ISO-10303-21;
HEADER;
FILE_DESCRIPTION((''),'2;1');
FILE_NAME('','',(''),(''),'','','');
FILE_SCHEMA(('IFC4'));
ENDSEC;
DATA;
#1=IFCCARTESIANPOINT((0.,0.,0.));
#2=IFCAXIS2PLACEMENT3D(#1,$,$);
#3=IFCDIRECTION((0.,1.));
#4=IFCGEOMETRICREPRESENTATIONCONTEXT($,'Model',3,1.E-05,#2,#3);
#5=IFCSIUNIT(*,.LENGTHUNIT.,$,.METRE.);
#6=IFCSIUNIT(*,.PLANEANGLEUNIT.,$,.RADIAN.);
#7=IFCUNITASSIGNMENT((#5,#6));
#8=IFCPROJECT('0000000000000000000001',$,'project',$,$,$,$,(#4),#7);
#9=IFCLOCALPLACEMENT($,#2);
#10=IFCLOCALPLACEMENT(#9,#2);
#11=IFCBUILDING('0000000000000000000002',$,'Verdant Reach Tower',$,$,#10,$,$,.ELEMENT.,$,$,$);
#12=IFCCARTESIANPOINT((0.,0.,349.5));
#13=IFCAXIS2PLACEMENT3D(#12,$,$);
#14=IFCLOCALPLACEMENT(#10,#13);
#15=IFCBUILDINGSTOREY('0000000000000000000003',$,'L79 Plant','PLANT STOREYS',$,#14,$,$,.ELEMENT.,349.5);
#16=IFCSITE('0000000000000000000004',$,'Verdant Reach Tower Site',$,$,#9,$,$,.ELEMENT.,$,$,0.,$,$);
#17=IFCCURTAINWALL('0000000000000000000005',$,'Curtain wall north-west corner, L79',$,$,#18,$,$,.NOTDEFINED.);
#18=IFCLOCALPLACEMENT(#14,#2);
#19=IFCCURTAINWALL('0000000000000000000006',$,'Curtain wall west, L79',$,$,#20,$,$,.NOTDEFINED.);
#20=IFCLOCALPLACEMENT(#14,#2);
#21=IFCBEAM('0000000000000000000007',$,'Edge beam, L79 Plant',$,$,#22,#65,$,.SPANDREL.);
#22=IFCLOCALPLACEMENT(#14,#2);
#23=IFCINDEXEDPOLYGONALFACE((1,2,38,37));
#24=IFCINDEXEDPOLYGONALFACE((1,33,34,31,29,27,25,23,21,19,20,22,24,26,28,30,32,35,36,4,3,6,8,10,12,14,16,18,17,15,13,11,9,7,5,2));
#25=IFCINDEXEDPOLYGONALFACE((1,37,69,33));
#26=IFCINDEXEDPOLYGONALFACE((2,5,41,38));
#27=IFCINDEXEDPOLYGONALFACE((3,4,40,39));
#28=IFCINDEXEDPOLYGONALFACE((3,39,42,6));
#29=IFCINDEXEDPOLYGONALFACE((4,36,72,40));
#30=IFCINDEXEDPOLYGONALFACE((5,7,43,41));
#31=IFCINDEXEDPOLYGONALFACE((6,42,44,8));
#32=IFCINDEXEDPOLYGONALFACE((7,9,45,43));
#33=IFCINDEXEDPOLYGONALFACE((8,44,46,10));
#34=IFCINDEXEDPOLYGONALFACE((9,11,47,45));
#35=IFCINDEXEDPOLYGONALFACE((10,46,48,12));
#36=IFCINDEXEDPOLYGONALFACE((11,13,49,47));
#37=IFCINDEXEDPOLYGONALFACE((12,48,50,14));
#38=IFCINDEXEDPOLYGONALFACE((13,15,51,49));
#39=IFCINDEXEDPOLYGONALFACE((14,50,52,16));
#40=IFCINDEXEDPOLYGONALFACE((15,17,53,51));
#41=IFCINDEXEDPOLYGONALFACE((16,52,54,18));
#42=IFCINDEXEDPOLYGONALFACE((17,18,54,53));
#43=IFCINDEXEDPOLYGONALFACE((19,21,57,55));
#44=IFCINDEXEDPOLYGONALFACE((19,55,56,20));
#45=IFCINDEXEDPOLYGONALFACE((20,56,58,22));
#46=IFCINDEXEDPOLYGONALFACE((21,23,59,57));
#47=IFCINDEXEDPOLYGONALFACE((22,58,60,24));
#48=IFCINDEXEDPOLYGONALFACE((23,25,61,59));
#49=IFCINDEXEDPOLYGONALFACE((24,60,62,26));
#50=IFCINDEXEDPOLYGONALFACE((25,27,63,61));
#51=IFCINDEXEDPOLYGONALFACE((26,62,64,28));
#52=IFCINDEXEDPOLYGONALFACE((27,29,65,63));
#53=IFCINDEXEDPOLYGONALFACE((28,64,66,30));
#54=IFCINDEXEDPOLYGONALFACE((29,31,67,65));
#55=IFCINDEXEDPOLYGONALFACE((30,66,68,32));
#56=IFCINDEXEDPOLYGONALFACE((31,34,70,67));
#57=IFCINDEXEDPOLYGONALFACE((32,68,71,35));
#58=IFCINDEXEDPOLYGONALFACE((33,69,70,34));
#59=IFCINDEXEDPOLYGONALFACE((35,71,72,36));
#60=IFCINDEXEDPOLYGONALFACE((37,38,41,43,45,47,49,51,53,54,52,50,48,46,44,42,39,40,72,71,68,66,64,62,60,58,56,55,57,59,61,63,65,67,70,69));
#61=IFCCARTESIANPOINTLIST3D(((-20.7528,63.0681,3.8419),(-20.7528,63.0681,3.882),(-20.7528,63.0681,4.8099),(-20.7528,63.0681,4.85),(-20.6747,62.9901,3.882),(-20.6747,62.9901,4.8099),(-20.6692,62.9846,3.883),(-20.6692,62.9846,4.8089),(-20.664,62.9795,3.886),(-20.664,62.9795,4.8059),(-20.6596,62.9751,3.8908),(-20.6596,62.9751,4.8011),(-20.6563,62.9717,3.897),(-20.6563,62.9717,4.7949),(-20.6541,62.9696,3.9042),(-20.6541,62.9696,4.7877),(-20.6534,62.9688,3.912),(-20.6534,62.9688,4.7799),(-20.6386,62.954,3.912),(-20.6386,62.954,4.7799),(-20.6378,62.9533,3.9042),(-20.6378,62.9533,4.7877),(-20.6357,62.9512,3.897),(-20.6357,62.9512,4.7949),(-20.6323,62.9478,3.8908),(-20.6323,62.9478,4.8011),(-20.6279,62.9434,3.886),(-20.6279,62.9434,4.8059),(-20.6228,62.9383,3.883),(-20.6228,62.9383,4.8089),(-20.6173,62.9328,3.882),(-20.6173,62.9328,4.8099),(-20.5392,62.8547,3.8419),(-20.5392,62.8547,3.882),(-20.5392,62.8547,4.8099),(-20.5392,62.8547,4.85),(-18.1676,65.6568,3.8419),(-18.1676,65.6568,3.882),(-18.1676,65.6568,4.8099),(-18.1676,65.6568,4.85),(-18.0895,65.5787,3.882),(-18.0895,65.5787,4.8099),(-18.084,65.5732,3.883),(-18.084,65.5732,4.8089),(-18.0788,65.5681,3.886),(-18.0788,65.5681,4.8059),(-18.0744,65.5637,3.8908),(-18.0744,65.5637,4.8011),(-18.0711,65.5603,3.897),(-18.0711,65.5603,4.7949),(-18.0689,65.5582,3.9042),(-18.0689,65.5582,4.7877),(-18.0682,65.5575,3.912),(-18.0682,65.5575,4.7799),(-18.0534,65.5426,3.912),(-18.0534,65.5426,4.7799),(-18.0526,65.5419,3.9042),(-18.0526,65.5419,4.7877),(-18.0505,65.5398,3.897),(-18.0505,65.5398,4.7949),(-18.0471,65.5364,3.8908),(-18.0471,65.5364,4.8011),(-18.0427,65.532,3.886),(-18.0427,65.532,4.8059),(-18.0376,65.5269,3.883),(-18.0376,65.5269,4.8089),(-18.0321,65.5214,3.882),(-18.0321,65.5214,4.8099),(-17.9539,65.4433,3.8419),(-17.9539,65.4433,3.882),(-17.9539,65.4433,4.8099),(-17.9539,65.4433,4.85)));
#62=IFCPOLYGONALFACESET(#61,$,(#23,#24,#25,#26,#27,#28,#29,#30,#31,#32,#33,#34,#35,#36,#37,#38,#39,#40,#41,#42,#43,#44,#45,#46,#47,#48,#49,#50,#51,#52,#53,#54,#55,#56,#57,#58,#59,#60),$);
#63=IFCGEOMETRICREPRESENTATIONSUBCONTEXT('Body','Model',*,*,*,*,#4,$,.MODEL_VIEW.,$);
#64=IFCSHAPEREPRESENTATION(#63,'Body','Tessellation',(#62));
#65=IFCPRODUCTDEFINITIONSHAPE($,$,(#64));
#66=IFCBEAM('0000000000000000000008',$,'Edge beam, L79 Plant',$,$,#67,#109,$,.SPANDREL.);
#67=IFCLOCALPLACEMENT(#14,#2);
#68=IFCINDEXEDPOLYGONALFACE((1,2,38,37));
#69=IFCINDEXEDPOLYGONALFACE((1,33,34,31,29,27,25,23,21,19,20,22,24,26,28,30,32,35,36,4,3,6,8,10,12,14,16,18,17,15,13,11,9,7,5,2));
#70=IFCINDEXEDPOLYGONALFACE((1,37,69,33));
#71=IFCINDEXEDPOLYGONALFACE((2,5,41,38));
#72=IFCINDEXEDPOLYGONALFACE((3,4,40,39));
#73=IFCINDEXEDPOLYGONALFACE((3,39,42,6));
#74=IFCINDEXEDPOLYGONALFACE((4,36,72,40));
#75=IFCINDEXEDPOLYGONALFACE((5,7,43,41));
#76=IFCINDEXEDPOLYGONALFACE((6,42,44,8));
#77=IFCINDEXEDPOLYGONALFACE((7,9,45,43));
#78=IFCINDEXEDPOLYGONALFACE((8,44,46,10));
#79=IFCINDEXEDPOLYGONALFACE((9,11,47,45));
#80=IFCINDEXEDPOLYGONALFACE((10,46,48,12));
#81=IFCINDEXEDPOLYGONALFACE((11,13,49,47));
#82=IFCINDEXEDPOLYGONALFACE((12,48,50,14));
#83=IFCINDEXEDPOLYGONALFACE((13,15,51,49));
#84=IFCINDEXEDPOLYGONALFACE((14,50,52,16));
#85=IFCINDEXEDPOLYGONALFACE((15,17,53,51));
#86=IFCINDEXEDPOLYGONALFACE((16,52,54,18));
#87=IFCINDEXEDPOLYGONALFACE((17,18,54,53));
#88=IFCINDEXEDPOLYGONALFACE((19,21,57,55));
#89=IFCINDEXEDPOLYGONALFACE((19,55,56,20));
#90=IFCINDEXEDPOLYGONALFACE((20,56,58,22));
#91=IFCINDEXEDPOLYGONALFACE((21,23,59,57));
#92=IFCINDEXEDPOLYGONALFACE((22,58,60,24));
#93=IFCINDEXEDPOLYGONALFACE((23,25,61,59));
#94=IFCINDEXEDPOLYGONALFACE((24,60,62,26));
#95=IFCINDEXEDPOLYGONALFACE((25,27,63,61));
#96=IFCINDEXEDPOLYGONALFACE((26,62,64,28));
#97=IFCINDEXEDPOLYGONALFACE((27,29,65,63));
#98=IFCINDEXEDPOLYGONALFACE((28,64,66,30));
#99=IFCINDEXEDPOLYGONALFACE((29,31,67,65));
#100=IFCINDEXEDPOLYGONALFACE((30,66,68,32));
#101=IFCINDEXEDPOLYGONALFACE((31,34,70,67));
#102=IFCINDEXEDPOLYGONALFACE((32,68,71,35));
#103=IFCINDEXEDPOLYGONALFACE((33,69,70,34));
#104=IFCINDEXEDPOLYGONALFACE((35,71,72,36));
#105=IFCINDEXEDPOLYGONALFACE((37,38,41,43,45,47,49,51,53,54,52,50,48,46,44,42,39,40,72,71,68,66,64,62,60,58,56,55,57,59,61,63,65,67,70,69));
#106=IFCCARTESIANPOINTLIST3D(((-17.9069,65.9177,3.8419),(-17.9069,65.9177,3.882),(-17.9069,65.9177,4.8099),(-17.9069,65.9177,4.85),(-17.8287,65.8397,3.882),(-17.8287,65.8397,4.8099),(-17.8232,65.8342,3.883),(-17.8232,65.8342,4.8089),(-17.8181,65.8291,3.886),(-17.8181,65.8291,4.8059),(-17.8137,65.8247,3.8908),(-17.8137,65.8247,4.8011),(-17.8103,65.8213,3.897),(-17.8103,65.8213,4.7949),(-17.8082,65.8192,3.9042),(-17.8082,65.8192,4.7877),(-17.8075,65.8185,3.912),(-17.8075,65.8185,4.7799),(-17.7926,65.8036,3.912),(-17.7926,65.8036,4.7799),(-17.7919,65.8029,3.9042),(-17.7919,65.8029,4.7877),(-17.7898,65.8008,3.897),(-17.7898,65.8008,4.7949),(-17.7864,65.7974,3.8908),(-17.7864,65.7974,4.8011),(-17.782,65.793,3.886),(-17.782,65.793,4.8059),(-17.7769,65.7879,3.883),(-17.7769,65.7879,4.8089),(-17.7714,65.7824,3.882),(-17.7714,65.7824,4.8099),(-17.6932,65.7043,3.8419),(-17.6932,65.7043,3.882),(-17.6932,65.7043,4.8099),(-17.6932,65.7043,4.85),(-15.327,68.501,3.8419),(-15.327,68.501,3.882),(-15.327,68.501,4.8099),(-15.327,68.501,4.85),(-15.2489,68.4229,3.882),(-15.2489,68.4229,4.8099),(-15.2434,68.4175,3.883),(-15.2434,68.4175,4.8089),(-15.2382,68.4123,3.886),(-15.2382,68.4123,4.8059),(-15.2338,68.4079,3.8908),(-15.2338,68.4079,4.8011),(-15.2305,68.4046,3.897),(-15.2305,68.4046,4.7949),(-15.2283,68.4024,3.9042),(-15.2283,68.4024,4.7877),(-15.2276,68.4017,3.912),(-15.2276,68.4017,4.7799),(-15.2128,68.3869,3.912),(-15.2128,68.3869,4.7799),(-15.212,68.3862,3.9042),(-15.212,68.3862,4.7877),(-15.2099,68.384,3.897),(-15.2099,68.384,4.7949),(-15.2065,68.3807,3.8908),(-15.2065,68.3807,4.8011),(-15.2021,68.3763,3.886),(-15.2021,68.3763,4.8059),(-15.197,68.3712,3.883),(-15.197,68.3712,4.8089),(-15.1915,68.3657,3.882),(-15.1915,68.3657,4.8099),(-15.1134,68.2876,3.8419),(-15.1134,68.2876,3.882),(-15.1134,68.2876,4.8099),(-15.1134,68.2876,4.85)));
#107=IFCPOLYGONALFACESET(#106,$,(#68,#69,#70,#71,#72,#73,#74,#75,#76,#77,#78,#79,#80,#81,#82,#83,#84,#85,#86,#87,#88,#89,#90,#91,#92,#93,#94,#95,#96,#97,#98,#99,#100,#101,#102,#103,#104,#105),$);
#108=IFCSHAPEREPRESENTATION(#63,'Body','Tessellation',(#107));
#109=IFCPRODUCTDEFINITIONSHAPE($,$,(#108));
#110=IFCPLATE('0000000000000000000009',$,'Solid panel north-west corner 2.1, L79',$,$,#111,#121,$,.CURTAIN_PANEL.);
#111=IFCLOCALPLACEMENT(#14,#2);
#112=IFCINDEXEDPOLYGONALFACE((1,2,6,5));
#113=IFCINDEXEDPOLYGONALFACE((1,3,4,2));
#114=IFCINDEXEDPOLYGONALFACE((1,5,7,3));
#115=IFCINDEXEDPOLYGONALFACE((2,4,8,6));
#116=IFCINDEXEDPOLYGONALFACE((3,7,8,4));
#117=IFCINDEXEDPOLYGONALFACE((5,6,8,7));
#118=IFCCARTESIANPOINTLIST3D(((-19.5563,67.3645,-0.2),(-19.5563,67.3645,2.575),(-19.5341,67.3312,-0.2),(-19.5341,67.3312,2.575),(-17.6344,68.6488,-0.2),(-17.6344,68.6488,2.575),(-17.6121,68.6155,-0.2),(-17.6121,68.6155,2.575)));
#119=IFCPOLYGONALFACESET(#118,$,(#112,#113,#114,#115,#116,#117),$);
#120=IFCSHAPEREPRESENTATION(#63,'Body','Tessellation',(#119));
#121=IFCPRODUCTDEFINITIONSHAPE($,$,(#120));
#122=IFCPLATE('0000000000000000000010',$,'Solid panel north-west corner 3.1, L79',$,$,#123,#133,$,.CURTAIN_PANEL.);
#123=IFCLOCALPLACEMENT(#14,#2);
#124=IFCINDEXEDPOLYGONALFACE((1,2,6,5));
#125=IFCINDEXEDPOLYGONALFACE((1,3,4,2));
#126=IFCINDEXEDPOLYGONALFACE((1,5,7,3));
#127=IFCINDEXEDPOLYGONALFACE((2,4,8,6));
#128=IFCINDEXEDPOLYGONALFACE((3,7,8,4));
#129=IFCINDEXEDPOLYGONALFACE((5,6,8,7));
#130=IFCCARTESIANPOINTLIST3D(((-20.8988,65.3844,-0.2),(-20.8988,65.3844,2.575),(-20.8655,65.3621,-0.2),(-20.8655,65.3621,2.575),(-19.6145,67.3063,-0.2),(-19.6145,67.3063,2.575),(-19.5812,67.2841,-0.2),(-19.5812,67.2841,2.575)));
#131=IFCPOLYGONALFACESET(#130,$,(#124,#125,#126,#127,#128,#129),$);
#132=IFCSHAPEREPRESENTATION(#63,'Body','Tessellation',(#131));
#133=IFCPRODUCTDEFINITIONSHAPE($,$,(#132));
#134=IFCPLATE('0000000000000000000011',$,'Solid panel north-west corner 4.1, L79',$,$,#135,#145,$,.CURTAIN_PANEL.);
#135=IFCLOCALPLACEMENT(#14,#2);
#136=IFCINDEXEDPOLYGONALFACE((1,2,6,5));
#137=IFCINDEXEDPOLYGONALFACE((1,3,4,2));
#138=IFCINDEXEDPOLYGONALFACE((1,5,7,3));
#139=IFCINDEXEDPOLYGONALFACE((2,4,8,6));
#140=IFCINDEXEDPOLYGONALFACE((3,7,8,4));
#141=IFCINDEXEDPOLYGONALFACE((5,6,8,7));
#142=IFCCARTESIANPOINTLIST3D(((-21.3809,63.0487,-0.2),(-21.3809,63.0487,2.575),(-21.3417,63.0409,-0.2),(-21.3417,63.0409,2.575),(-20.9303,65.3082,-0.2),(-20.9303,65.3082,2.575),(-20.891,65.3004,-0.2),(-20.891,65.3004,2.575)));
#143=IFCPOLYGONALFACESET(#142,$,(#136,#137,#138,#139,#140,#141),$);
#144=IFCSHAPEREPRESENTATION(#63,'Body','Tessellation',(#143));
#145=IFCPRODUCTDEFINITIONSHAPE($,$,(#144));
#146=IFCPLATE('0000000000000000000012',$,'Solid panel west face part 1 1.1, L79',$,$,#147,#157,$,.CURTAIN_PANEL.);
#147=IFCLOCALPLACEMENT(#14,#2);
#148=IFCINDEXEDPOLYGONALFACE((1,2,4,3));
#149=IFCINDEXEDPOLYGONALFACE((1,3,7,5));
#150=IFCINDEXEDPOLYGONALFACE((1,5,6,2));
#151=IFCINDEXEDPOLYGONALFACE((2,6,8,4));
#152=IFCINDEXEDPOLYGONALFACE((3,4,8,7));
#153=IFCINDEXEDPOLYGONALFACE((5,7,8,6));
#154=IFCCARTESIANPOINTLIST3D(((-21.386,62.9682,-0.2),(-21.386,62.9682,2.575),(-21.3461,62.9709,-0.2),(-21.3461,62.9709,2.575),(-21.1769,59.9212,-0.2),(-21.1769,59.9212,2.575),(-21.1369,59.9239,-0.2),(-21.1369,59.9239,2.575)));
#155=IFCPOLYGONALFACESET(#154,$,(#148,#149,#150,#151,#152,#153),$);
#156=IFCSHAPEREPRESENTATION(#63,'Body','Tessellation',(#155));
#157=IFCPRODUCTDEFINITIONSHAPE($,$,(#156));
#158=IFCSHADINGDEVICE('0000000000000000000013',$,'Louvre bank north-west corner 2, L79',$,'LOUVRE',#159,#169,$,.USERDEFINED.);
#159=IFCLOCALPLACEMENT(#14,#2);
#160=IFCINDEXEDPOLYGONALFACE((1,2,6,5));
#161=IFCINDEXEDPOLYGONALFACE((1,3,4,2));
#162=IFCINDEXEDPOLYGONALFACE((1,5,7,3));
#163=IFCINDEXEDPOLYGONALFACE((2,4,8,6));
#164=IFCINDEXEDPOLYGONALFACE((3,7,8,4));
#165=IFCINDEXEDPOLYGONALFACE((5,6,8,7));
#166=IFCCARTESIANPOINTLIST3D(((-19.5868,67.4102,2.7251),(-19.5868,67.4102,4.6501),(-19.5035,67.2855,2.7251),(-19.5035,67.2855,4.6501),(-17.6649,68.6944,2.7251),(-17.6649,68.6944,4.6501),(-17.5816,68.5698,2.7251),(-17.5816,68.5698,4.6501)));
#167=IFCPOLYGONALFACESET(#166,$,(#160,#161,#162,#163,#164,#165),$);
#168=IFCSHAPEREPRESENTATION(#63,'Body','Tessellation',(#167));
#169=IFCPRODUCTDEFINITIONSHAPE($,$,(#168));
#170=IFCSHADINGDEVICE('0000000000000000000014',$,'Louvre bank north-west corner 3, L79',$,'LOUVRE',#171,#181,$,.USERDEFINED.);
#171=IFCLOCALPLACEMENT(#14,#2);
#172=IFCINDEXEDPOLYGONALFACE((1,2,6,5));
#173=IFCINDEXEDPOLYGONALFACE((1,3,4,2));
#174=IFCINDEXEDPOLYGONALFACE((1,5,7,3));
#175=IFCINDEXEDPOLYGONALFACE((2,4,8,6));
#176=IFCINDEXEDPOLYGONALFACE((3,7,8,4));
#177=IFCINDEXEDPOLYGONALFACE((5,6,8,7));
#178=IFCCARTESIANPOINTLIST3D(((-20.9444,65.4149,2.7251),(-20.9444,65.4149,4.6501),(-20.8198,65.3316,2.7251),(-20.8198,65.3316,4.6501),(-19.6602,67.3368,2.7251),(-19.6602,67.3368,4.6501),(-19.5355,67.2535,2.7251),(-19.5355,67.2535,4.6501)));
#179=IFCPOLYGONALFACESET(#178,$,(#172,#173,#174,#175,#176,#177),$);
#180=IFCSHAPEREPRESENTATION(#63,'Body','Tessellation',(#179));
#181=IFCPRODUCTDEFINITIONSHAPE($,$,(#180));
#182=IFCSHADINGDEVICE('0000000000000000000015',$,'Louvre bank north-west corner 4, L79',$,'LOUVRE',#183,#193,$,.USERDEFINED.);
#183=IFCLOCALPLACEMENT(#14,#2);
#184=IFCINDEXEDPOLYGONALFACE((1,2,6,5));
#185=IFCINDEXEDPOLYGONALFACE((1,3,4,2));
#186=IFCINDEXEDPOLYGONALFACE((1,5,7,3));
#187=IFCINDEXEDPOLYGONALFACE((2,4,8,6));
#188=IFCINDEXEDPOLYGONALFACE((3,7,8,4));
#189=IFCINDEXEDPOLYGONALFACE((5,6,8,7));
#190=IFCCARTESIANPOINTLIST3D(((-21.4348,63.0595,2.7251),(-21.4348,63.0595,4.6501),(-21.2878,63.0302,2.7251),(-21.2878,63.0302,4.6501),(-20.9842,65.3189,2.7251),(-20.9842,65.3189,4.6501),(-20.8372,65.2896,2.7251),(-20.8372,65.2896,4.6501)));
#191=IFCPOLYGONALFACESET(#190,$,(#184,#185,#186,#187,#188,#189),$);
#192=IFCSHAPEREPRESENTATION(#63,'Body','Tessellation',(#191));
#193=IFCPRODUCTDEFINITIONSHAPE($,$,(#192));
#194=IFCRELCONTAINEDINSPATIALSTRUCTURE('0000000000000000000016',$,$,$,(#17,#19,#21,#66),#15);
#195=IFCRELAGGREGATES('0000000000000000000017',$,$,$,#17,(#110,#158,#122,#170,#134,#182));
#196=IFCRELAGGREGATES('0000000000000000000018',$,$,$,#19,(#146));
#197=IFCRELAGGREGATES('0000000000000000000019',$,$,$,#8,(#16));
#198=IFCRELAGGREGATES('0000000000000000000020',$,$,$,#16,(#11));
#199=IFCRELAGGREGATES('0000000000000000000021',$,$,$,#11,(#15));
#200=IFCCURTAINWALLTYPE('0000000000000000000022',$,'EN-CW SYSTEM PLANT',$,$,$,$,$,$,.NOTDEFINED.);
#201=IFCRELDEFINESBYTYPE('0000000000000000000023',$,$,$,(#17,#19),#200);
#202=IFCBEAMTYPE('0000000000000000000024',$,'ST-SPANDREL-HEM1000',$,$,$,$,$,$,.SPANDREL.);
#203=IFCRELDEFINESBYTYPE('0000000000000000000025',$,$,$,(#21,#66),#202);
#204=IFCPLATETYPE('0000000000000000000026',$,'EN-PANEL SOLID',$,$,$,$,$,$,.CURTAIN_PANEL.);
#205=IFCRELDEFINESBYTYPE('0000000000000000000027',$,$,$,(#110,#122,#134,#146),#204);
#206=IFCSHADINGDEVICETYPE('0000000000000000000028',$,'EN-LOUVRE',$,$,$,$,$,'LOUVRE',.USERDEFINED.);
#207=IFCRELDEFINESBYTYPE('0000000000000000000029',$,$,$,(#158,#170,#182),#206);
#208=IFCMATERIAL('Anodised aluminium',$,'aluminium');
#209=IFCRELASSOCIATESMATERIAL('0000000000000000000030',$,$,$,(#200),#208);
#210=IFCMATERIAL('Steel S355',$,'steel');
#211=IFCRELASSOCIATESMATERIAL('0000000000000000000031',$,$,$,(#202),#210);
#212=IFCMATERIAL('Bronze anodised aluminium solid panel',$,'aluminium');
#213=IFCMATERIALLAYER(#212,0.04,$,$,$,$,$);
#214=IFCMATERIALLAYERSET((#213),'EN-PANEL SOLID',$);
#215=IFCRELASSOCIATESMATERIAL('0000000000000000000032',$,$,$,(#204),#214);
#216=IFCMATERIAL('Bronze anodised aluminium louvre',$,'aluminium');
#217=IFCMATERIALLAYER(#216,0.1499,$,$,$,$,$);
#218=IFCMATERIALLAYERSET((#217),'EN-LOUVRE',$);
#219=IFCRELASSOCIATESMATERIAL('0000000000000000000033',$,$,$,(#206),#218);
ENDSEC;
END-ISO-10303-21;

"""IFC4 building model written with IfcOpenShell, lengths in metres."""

from ifc_helpers import new_model, si_unit, direction, frame, origin, origin_2d, place, context, subcontext, project, spatial, rectangle, i_section, extrude, material, layer, layer_set, material_profile, profile_set, type_object, element, aggregate, save


model = new_model("IFC4")

# Units and contexts
model_context = context("Model", 3, precision=1e-05, world=origin(), true_north=direction((0.0, 1.0)))
body_context = subcontext(model_context, "Body", "Model", "MODEL_VIEW")
ifc_project = project(units=[si_unit("LENGTHUNIT", "METRE"), si_unit("PLANEANGLEUNIT", "RADIAN")], contexts=[model_context])

# Site, building, storey
site_placement = place(None, origin())
site = spatial("IfcSite", under=ifc_project, at=site_placement, Name="Verdant Reach Tower Site", CompositionType="ELEMENT", RefElevation=0.0)
building_placement = place(site_placement, origin())
building = spatial("IfcBuilding", under=site, at=building_placement, Name="Verdant Reach Tower", CompositionType="ELEMENT")
storey_placement = place(building_placement, frame((0.0, 0.0, 349.5)))
storey = spatial("IfcBuildingStorey", under=building, at=storey_placement, Name="L79 Plant", Description="PLANT STOREYS", CompositionType="ELEMENT", Elevation=349.5)

# Curtain walls
ifc_material_1 = material(Name="Anodised aluminium", Category="aluminium")
curtain_wall_type = type_object("IfcCurtainWallType", Name="EN-CW SYSTEM PLANT", PredefinedType="NOTDEFINED", material=ifc_material_1)
curtain_wall_1_placement = place(storey_placement, origin())
curtain_wall_1 = element("IfcCurtainWall", 1, at=curtain_wall_1_placement, inside=storey, type_object=curtain_wall_type, Name="Curtain wall north-west corner, L79", PredefinedType="NOTDEFINED")
curtain_wall_2_placement = place(storey_placement, origin())
curtain_wall_2 = element("IfcCurtainWall", 2, at=curtain_wall_2_placement, inside=storey, type_object=curtain_wall_type, Name="Curtain wall west, L79", PredefinedType="NOTDEFINED")

# Beams
ifc_material_2 = material(Name="Steel S355", Category="steel")
ifc_material_profile_1 = material_profile(ifc_material_2, i_section(OverallWidth=0.302, OverallDepth=1.0081, WebThickness=0.021, FlangeThickness=0.04, FilletRadius=0.03, at=origin_2d()), Name="HEM 1000")
ifc_profile_set_1 = profile_set([ifc_material_profile_1], Name="Steel S355")
beam_type = type_object("IfcBeamType", Name="ST-SPANDREL-HEM1000", PredefinedType="SPANDREL", material=ifc_profile_set_1)
beam_1_placement = place(storey_placement, frame((-20.646, 62.9614, 4.3459), z_axis=(0.706639, 0.707574, 0.0), x_axis=(-0.707574, 0.706639, 0.0)))
element("IfcBeam", 3, at=beam_1_placement, inside=storey, type_object=beam_type, Name="Edge beam, L79 Plant", PredefinedType="SPANDREL", context=body_context, shape_type="SweptSolid", body=[
    extrude(i_section(OverallWidth=0.302, OverallDepth=1.0081, WebThickness=0.021, FlangeThickness=0.04, FilletRadius=0.03, at=origin_2d()), origin(), (0.0, 0.0, 1.0), 3.6584),
])
beam_2_placement = place(storey_placement, frame((-17.8, 65.811, 4.3459), z_axis=(0.706639, 0.707575, 0.0), x_axis=(-0.707575, 0.706639, 0.0)))
element("IfcBeam", 4, at=beam_2_placement, inside=storey, type_object=beam_type, Name="Edge beam, L79 Plant", PredefinedType="SPANDREL", context=body_context, shape_type="SweptSolid", body=[
    extrude(i_section(OverallWidth=0.302, OverallDepth=1.0081, WebThickness=0.021, FlangeThickness=0.04, FilletRadius=0.03, at=origin_2d()), origin(), (0.0, 0.0, 1.0), 3.6509),
])

# Plates
ifc_material_3 = material(Name="Bronze anodised aluminium solid panel", Category="aluminium")
ifc_layer_1 = layer(ifc_material_3, 0.04)
ifc_layer_set_1 = layer_set([ifc_layer_1], Name="EN-PANEL SOLID")
plate_type = type_object("IfcPlateType", Name="EN-PANEL SOLID", PredefinedType="CURTAIN_PANEL", material=ifc_layer_set_1)
plate_1_placement = place(storey_placement, frame((-18.5842, 67.99, -0.2), z_axis=(0.0, 0.0, 1.0), x_axis=(-0.831452, -0.555596, 0.0)))
plate_1 = element("IfcPlate", 5, at=plate_1_placement, type_object=plate_type, Name="Solid panel north-west corner 2.1, L79", PredefinedType="CURTAIN_PANEL", context=body_context, shape_type="SweptSolid", body=[
    extrude(rectangle(XDim=2.3115, YDim=0.04, at=origin_2d()), origin(), (0.0, 0.0, 1.0), 2.7749),
])
plate_2_placement = place(storey_placement, frame((-20.24, 66.3342, -0.2), z_axis=(0.0, 0.0, 1.0), x_axis=(-0.555596, -0.831452, 0.0)))
plate_2 = element("IfcPlate", 6, at=plate_2_placement, type_object=plate_type, Name="Solid panel north-west corner 3.1, L79", PredefinedType="CURTAIN_PANEL", context=body_context, shape_type="SweptSolid", body=[
    extrude(rectangle(XDim=2.3115, YDim=0.04, at=origin_2d()), origin(), (0.0, 0.0, 1.0), 2.7749),
])
plate_3_placement = place(storey_placement, frame((-21.136, 64.1746, -0.2), z_axis=(0.0, 0.0, 1.0), x_axis=(-0.195593, -0.980685, 0.0)))
plate_3 = element("IfcPlate", 7, at=plate_3_placement, type_object=plate_type, Name="Solid panel north-west corner 4.1, L79", PredefinedType="CURTAIN_PANEL", context=body_context, shape_type="SweptSolid", body=[
    extrude(rectangle(XDim=2.304, YDim=0.04, at=origin_2d()), origin(), (0.0, 0.0, 1.0), 2.7749),
])
plate_4_placement = place(storey_placement, frame((-21.2615, 61.446, -0.2), z_axis=(0.0, 0.0, 1.0), x_axis=(0.068469, -0.997653, 0.0)))
plate_4 = element("IfcPlate", 8, at=plate_4_placement, type_object=plate_type, Name="Solid panel west face part 1 1.1, L79", PredefinedType="CURTAIN_PANEL", context=body_context, shape_type="SweptSolid", body=[
    extrude(rectangle(XDim=3.0542, YDim=0.04, at=origin_2d()), origin(), (0.0, 0.0, 1.0), 2.7749),
])

# Shading devices
ifc_material_4 = material(Name="Bronze anodised aluminium louvre", Category="aluminium")
ifc_layer_2 = layer(ifc_material_4, 0.1499)
ifc_layer_set_2 = layer_set([ifc_layer_2], Name="EN-LOUVRE")
shading_device_type = type_object("IfcShadingDeviceType", Name="EN-LOUVRE", ElementType="LOUVRE", PredefinedType="USERDEFINED", material=ifc_layer_set_2)
shading_device_1_placement = place(storey_placement, frame((-18.5842, 67.99, 2.7251), z_axis=(0.0, 0.0, 1.0), x_axis=(-0.831452, -0.555596, 0.0)))
shading_device_1 = element("IfcShadingDevice", 9, at=shading_device_1_placement, type_object=shading_device_type, Name="Louvre bank north-west corner 2, L79", ObjectType="LOUVRE", PredefinedType="USERDEFINED", context=body_context, shape_type="SweptSolid", body=[
    extrude(rectangle(XDim=2.3115, YDim=0.1499, at=origin_2d()), origin(), (0.0, 0.0, 1.0), 1.925),
])
shading_device_2_placement = place(storey_placement, frame((-20.24, 66.3342, 2.7251), z_axis=(0.0, 0.0, 1.0), x_axis=(-0.555596, -0.831452, 0.0)))
shading_device_2 = element("IfcShadingDevice", 10, at=shading_device_2_placement, type_object=shading_device_type, Name="Louvre bank north-west corner 3, L79", ObjectType="LOUVRE", PredefinedType="USERDEFINED", context=body_context, shape_type="SweptSolid", body=[
    extrude(rectangle(XDim=2.3115, YDim=0.1499, at=origin_2d()), origin(), (0.0, 0.0, 1.0), 1.925),
])
shading_device_3_placement = place(storey_placement, frame((-21.136, 64.1746, 2.7251), z_axis=(0.0, 0.0, 1.0), x_axis=(-0.195593, -0.980685, 0.0)))
shading_device_3 = element("IfcShadingDevice", 11, at=shading_device_3_placement, type_object=shading_device_type, Name="Louvre bank north-west corner 4, L79", ObjectType="LOUVRE", PredefinedType="USERDEFINED", context=body_context, shape_type="SweptSolid", body=[
    extrude(rectangle(XDim=2.304, YDim=0.1499, at=origin_2d()), origin(), (0.0, 0.0, 1.0), 1.925),
])
aggregate(curtain_wall_1, [plate_1, shading_device_1, plate_2, shading_device_2, plate_3, shading_device_3])
aggregate(curtain_wall_2, [plate_4])

save(model, "model.ifc")
